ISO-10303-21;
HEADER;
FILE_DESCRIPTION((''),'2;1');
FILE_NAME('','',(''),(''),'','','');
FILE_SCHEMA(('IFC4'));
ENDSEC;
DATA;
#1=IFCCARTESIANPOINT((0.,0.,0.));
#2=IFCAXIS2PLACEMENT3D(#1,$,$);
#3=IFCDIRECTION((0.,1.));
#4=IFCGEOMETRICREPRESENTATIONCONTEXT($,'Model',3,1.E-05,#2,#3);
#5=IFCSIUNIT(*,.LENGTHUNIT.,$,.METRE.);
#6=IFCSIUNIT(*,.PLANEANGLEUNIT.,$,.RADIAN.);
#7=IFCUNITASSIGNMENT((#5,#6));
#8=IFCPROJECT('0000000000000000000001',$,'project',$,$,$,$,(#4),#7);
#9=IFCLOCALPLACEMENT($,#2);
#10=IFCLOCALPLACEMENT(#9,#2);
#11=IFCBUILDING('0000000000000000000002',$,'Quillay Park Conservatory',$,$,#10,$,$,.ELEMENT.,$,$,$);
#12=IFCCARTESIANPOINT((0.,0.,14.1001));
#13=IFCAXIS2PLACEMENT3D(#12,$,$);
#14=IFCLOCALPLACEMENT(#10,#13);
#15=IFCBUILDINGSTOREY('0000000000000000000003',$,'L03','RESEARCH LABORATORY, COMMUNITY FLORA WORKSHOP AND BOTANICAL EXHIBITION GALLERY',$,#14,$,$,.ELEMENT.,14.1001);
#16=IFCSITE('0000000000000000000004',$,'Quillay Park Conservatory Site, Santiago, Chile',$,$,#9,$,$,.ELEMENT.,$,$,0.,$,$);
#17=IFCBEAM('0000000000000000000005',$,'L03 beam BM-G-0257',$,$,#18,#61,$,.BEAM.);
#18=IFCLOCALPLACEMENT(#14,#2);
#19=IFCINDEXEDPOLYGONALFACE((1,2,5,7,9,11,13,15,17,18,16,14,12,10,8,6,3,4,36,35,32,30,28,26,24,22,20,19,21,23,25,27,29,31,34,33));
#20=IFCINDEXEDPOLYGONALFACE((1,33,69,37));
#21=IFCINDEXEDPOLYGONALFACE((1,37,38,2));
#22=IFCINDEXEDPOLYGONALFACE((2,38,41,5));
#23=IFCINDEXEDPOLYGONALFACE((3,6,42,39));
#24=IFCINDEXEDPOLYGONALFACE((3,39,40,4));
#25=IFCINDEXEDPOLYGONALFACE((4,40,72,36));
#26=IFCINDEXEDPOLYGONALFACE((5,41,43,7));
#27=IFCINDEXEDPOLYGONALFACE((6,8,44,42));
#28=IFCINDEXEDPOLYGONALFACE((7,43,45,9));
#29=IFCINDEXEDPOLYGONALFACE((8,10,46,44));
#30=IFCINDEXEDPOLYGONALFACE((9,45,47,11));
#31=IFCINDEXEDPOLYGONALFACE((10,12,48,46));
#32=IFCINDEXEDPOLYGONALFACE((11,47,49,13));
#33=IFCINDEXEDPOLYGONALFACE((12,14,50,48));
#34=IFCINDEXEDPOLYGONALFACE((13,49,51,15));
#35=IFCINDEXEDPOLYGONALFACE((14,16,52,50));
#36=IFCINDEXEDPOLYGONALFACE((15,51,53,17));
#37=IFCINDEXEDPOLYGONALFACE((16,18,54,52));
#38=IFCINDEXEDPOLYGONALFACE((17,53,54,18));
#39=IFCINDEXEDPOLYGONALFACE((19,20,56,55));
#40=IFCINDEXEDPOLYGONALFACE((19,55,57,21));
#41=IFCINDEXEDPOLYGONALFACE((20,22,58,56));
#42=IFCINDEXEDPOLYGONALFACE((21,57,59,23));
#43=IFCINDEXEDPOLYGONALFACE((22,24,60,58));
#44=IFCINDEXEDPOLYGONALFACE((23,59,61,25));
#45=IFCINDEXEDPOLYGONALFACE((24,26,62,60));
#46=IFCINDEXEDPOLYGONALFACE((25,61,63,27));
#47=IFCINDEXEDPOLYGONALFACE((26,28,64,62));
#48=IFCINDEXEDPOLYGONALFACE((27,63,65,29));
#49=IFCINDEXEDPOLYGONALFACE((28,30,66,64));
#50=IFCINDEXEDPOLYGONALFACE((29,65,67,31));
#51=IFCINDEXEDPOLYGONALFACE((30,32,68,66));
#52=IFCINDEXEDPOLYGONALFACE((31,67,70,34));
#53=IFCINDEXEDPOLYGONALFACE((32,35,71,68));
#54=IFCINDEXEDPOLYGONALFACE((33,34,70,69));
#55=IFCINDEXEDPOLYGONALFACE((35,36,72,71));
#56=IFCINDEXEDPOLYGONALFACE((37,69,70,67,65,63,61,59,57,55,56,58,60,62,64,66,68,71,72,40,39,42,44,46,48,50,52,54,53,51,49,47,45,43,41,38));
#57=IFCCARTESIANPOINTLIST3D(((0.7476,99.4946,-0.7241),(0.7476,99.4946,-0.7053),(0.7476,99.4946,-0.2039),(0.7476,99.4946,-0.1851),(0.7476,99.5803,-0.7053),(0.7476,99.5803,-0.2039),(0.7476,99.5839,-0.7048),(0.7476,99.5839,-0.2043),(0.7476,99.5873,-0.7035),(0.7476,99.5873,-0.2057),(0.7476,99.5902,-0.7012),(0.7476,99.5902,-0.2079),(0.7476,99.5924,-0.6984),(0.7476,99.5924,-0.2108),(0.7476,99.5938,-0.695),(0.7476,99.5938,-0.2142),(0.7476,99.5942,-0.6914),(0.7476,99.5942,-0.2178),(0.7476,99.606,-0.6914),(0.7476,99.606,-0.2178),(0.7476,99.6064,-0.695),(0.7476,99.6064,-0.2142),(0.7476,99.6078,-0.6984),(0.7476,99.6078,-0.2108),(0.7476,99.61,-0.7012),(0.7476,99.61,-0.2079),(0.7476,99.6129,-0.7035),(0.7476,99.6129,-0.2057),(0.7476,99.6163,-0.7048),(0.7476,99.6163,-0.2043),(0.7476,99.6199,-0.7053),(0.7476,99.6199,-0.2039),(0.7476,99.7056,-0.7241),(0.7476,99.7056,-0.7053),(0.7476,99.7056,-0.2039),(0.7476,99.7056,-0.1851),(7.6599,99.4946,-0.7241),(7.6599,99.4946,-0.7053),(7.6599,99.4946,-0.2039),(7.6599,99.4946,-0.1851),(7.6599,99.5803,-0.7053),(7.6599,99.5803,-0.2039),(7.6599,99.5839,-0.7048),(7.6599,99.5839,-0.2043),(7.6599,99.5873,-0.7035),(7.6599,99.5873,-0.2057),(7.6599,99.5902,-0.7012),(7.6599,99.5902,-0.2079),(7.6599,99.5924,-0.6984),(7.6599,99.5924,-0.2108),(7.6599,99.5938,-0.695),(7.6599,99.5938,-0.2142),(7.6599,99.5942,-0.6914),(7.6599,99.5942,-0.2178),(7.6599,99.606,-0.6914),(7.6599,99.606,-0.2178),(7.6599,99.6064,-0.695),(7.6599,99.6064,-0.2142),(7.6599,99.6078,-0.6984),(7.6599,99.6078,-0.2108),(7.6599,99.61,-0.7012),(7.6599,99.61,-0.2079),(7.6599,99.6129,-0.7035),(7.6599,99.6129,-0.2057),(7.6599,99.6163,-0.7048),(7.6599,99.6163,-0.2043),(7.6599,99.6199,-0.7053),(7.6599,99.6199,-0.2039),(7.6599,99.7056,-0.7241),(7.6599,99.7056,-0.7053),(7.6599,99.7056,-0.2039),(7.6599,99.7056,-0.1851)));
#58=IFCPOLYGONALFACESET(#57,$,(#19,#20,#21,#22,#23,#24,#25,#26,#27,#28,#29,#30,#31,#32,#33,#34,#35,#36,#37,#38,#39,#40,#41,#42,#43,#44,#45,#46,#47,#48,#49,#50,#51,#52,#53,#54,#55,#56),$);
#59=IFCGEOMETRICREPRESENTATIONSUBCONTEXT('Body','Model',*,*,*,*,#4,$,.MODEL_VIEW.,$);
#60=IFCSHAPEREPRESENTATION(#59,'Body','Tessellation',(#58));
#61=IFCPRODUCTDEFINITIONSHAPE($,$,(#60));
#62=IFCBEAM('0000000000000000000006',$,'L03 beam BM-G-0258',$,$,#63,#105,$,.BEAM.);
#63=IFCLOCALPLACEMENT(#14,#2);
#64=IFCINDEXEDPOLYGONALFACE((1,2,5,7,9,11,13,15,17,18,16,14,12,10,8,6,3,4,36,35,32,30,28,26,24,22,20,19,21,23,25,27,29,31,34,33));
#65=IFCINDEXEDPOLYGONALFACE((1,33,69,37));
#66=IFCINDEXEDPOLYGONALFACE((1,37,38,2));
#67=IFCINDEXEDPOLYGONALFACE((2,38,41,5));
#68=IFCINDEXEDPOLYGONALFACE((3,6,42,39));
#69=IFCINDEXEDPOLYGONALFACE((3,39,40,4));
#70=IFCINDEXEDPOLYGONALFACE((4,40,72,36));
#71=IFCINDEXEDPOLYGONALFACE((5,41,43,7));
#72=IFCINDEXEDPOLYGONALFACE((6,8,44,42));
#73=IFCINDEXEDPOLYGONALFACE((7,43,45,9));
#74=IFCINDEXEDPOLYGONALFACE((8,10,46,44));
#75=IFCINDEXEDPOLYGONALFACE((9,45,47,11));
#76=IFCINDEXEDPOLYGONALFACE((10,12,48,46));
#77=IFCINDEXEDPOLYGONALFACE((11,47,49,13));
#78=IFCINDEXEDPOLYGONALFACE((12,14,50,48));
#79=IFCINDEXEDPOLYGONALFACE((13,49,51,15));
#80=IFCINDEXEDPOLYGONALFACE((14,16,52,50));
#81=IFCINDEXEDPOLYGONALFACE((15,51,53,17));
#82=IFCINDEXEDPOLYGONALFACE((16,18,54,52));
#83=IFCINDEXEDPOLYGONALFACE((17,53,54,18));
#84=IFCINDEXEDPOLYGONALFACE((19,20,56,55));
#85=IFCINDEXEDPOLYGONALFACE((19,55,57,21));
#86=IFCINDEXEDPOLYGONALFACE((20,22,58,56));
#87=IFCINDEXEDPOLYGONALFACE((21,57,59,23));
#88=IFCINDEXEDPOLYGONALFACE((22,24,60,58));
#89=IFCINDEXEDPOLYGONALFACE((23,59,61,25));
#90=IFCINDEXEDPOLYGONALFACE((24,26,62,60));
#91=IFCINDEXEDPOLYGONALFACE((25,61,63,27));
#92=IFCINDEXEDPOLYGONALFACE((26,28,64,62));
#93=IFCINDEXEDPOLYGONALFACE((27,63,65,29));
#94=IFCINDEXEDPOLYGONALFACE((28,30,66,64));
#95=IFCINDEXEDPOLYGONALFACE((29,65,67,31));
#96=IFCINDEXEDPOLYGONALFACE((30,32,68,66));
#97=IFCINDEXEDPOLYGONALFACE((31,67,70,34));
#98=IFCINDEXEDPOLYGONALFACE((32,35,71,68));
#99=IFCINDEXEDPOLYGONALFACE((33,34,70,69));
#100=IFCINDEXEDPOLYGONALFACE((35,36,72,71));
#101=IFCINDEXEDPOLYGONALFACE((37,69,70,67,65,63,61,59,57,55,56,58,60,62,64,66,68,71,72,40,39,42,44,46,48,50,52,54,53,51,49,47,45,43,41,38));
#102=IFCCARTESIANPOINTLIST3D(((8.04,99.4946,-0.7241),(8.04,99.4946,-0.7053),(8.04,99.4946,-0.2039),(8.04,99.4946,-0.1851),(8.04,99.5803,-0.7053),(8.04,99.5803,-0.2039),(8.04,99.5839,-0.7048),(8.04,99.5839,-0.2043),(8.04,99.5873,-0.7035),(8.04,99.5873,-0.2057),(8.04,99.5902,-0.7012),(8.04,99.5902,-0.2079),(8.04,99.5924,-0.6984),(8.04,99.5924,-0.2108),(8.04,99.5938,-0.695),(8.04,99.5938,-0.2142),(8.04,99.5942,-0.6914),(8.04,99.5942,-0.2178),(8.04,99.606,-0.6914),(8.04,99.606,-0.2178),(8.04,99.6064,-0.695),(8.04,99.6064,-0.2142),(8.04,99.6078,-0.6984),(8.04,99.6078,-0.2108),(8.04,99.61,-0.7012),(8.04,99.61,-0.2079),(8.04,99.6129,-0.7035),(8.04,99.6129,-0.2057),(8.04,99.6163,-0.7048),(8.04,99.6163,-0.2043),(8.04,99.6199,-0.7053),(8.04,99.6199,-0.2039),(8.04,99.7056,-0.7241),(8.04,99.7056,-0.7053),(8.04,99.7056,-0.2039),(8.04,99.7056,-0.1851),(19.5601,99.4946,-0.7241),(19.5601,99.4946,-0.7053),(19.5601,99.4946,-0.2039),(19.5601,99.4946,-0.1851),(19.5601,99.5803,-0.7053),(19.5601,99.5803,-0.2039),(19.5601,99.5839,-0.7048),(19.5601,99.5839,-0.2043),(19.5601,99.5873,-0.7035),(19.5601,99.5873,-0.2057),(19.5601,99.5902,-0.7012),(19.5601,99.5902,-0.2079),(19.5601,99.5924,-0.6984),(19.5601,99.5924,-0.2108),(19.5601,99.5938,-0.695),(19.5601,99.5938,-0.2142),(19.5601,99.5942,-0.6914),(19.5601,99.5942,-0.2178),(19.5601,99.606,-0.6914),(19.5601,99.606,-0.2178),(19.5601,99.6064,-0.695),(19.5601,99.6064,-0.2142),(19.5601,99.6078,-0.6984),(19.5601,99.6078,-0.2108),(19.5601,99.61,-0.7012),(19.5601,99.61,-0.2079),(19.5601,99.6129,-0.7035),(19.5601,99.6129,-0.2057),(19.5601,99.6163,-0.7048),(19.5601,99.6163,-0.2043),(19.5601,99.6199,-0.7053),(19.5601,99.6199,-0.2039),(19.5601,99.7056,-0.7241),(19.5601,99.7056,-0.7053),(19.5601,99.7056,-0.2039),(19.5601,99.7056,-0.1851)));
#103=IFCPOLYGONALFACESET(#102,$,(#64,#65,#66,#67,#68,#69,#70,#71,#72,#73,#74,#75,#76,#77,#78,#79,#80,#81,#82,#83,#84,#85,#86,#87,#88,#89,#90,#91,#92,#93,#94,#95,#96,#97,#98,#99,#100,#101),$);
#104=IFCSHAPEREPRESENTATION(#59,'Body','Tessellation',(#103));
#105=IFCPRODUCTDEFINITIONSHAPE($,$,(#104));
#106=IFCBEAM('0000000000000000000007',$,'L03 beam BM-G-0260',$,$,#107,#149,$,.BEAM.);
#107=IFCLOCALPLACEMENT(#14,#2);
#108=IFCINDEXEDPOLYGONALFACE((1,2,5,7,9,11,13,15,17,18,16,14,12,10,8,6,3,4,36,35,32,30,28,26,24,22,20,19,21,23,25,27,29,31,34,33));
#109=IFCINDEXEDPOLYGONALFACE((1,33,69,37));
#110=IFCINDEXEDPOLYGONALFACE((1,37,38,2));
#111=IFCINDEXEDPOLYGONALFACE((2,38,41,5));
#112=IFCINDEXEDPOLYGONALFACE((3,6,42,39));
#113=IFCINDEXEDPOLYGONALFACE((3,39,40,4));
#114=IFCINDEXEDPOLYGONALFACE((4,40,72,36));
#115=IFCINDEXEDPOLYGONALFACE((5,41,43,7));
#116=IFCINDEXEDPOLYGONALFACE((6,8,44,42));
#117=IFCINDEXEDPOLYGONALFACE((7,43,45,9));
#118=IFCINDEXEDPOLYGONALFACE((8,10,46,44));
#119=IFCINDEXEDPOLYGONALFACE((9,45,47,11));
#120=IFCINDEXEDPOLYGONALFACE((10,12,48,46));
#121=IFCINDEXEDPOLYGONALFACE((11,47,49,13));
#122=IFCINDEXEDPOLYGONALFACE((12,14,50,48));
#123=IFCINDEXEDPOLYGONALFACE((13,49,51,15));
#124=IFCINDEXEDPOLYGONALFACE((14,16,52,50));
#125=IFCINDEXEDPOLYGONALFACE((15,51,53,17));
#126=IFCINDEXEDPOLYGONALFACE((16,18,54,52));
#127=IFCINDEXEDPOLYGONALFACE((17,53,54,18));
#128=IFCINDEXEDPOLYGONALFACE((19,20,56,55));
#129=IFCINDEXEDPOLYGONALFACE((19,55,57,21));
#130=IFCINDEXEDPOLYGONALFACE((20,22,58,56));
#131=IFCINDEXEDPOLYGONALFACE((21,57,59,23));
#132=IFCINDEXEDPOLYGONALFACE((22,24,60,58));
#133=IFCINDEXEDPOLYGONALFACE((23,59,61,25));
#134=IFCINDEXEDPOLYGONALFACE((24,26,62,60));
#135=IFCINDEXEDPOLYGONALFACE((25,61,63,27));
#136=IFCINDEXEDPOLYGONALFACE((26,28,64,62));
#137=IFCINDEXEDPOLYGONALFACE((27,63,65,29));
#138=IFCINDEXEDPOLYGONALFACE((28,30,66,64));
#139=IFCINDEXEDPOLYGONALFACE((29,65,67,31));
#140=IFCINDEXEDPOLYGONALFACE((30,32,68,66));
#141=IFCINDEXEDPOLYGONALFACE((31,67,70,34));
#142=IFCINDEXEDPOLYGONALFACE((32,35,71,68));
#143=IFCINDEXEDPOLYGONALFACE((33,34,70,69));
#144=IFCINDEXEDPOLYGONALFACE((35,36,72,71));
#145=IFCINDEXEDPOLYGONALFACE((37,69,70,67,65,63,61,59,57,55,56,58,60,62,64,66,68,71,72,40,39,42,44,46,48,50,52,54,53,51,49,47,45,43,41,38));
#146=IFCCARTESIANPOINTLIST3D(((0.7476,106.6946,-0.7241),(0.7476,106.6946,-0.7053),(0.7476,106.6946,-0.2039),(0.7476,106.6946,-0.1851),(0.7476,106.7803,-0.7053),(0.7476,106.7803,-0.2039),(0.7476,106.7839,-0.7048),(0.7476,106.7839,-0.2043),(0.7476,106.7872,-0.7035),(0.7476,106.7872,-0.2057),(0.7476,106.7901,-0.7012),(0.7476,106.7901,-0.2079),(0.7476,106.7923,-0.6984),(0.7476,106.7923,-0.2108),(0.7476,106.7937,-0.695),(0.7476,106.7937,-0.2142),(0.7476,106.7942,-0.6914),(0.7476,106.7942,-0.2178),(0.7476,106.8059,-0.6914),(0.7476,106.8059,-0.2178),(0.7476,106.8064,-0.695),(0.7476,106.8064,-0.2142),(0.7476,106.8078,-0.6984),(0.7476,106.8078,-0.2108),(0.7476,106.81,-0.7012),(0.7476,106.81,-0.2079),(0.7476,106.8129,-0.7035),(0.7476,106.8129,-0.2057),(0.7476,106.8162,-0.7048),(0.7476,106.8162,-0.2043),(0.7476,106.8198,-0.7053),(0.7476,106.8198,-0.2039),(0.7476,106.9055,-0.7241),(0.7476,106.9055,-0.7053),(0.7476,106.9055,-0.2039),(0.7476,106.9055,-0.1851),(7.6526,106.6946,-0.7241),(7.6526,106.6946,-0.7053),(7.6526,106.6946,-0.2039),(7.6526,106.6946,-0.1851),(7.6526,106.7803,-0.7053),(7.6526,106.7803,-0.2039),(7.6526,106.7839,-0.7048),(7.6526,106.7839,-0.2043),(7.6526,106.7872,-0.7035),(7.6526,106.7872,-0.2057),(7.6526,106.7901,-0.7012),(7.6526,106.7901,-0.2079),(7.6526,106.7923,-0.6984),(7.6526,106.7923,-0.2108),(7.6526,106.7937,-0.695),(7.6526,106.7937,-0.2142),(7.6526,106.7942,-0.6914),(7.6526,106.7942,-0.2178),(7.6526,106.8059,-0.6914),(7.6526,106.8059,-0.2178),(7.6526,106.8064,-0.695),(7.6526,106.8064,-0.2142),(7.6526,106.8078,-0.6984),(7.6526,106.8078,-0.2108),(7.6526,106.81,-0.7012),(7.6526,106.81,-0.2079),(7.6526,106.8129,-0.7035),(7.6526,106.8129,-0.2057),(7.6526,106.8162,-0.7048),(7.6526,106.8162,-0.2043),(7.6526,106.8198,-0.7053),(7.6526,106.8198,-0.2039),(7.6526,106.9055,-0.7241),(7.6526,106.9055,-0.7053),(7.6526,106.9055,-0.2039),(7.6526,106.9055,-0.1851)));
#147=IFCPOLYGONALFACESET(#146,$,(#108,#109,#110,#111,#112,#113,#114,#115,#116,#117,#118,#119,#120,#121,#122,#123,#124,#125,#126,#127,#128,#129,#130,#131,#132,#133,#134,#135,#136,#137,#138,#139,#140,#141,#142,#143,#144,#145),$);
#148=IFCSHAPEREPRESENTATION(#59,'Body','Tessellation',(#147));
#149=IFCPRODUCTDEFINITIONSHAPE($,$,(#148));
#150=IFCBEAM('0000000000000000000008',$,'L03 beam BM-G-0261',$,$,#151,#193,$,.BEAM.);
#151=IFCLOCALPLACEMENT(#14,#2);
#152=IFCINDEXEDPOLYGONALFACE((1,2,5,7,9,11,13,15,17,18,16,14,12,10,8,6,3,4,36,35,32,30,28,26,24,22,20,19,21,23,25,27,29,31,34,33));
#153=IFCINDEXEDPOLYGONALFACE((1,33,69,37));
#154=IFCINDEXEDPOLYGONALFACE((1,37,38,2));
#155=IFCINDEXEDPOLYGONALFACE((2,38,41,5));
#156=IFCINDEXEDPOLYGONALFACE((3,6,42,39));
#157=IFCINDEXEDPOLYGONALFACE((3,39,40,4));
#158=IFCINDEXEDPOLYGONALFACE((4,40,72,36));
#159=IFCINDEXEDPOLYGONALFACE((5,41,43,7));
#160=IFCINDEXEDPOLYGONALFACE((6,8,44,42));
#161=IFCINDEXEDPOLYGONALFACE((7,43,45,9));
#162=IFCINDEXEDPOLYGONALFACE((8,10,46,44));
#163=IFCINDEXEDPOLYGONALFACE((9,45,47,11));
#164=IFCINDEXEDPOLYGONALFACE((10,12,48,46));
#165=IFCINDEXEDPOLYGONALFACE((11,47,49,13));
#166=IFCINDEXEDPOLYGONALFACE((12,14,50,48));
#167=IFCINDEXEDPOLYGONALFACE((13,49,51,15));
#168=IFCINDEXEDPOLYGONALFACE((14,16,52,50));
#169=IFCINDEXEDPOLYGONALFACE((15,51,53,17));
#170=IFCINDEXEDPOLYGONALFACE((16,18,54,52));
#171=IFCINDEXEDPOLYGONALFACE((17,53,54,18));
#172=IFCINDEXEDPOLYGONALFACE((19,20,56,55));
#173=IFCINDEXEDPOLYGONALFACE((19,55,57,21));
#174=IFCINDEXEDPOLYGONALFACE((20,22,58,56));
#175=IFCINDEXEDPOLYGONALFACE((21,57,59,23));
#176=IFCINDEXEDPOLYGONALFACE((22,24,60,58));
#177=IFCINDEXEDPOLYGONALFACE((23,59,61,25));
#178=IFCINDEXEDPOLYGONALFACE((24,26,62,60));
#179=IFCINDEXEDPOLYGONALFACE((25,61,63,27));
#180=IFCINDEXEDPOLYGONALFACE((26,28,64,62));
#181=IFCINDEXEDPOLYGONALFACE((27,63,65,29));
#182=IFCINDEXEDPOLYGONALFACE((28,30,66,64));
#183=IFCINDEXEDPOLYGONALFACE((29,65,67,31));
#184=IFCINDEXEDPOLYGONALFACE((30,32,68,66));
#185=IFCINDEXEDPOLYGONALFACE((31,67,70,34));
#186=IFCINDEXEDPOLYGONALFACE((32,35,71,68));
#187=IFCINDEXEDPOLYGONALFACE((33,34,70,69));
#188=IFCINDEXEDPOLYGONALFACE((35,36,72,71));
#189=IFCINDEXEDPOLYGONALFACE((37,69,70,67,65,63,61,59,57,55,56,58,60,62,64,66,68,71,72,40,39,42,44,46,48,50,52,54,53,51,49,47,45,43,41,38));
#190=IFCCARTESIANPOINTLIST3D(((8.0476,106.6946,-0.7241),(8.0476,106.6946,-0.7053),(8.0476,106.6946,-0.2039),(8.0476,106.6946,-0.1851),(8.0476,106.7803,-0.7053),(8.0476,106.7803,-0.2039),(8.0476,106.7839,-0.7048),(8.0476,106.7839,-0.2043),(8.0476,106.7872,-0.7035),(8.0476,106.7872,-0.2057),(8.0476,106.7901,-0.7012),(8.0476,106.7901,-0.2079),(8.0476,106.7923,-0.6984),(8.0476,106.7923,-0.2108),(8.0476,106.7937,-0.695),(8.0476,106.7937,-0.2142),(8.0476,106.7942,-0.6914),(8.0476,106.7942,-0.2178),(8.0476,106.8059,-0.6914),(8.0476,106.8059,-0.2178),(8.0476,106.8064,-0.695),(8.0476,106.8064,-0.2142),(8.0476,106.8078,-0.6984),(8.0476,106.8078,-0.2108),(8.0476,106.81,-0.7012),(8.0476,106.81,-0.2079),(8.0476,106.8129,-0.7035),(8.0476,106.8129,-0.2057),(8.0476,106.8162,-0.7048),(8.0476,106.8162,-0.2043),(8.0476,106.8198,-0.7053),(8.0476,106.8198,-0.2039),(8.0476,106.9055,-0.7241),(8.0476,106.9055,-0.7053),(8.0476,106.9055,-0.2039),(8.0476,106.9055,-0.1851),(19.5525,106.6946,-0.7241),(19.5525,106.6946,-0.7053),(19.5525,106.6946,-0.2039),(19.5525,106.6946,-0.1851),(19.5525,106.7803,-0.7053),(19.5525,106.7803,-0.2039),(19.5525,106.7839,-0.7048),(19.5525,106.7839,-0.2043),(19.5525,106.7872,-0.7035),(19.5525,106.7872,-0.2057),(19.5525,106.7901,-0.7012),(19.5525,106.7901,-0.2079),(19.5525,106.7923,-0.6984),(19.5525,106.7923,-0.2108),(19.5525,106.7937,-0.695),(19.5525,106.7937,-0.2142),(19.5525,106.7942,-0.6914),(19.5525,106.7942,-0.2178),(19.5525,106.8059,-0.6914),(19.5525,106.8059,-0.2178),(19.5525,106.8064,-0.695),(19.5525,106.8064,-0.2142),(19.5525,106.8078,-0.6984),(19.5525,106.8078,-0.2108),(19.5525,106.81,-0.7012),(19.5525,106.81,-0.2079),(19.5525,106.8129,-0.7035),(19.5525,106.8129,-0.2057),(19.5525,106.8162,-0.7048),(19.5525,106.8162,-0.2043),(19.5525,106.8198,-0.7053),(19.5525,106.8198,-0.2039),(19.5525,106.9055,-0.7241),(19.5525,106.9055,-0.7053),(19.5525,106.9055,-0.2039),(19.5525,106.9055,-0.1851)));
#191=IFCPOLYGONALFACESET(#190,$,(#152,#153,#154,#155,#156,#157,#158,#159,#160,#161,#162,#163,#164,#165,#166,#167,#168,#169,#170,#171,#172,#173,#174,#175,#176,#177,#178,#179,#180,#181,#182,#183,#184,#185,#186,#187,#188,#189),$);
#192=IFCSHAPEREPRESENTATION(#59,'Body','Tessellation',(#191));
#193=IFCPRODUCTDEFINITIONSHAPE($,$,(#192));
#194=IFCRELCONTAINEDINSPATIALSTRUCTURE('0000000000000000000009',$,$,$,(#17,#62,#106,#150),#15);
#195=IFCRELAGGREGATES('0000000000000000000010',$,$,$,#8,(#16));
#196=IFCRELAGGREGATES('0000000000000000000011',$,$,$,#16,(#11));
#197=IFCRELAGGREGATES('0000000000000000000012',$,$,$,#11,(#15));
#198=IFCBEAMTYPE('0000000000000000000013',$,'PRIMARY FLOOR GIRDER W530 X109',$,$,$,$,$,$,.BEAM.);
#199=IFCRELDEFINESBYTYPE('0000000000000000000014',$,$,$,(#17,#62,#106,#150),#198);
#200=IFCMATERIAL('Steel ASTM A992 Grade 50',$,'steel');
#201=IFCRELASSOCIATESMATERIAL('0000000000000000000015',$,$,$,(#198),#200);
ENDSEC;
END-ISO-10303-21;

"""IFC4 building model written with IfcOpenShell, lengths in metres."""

from ifc_helpers import new_model, si_unit, direction, frame, origin, origin_2d, place, context, subcontext, project, spatial, i_section, extrude, material, material_profile, profile_set, type_object, element, save


model = new_model("IFC4")

# Units and contexts
model_context = context("Model", 3, precision=1e-05, world=origin(), true_north=direction((0.0, 1.0)))
body_context = subcontext(model_context, "Body", "Model", "MODEL_VIEW")
ifc_project = project(units=[si_unit("LENGTHUNIT", "METRE"), si_unit("PLANEANGLEUNIT", "RADIAN")], contexts=[model_context])

# Site, building, storey
site_placement = place(None, origin())
site = spatial("IfcSite", under=ifc_project, at=site_placement, Name="Quillay Park Conservatory Site, Santiago, Chile", CompositionType="ELEMENT", RefElevation=0.0)
building_placement = place(site_placement, origin())
building = spatial("IfcBuilding", under=site, at=building_placement, Name="Quillay Park Conservatory", CompositionType="ELEMENT")
storey_placement = place(building_placement, frame((0.0, 0.0, 14.1001)))
storey = spatial("IfcBuildingStorey", under=building, at=storey_placement, Name="L03", Description="RESEARCH LABORATORY, COMMUNITY FLORA WORKSHOP AND BOTANICAL EXHIBITION GALLERY", CompositionType="ELEMENT", Elevation=14.1001)

# Beams
ifc_material_1 = material(Name="Steel ASTM A992 Grade 50", Category="steel")
ifc_material_profile_1 = material_profile(ifc_material_1, i_section(OverallWidth=0.2109, OverallDepth=0.5391, WebThickness=0.0117, FlangeThickness=0.0188, FilletRadius=0.0139, at=origin_2d()), Name="W530x109")
ifc_profile_set_1 = profile_set([ifc_material_profile_1], Name="Steel ASTM A992 Grade 50")
beam_type_1 = type_object("IfcBeamType", Name="PRIMARY FLOOR GIRDER W530 X109", PredefinedType="BEAM", material=ifc_profile_set_1)
beam_1_placement = place(storey_placement, frame((0.7476, 99.6001, -0.4546), z_axis=(1.0, 0.0, 0.0), x_axis=(0.0, 1.0, 0.0)))
element("IfcBeam", 1, at=beam_1_placement, inside=storey, type_object=beam_type_1, Name="L03 beam BM-G-0257", PredefinedType="BEAM", context=body_context, shape_type="SweptSolid", body=[
    extrude(i_section(OverallWidth=0.2109, OverallDepth=0.5391, WebThickness=0.0117, FlangeThickness=0.0188, FilletRadius=0.0139, at=origin_2d()), origin(), (0.0, 0.0, 1.0), 6.9124),
])
beam_2_placement = place(storey_placement, frame((8.04, 99.6001, -0.4546), z_axis=(1.0, 0.0, 0.0), x_axis=(0.0, 1.0, 0.0)))
element("IfcBeam", 2, at=beam_2_placement, inside=storey, type_object=beam_type_1, Name="L03 beam BM-G-0258", PredefinedType="BEAM", context=body_context, shape_type="SweptSolid", body=[
    extrude(i_section(OverallWidth=0.2109, OverallDepth=0.5391, WebThickness=0.0117, FlangeThickness=0.0188, FilletRadius=0.0139, at=origin_2d()), origin(), (0.0, 0.0, 1.0), 11.52),
])
beam_3_placement = place(storey_placement, frame((0.7476, 106.8, -0.4546), z_axis=(1.0, 0.0, 0.0), x_axis=(0.0, 1.0, 0.0)))
element("IfcBeam", 3, at=beam_3_placement, inside=storey, type_object=beam_type_1, Name="L03 beam BM-G-0260", PredefinedType="BEAM", context=body_context, shape_type="SweptSolid", body=[
    extrude(i_section(OverallWidth=0.2109, OverallDepth=0.5391, WebThickness=0.0117, FlangeThickness=0.0188, FilletRadius=0.0139, at=origin_2d()), origin(), (0.0, 0.0, 1.0), 6.905),
])
beam_4_placement = place(storey_placement, frame((8.0476, 106.8, -0.4546), z_axis=(1.0, 0.0, 0.0), x_axis=(0.0, 1.0, 0.0)))
element("IfcBeam", 4, at=beam_4_placement, inside=storey, type_object=beam_type_1, Name="L03 beam BM-G-0261", PredefinedType="BEAM", context=body_context, shape_type="SweptSolid", body=[
    extrude(i_section(OverallWidth=0.2109, OverallDepth=0.5391, WebThickness=0.0117, FlangeThickness=0.0188, FilletRadius=0.0139, at=origin_2d()), origin(), (0.0, 0.0, 1.0), 11.5049),
])

save(model, "model.ifc")
